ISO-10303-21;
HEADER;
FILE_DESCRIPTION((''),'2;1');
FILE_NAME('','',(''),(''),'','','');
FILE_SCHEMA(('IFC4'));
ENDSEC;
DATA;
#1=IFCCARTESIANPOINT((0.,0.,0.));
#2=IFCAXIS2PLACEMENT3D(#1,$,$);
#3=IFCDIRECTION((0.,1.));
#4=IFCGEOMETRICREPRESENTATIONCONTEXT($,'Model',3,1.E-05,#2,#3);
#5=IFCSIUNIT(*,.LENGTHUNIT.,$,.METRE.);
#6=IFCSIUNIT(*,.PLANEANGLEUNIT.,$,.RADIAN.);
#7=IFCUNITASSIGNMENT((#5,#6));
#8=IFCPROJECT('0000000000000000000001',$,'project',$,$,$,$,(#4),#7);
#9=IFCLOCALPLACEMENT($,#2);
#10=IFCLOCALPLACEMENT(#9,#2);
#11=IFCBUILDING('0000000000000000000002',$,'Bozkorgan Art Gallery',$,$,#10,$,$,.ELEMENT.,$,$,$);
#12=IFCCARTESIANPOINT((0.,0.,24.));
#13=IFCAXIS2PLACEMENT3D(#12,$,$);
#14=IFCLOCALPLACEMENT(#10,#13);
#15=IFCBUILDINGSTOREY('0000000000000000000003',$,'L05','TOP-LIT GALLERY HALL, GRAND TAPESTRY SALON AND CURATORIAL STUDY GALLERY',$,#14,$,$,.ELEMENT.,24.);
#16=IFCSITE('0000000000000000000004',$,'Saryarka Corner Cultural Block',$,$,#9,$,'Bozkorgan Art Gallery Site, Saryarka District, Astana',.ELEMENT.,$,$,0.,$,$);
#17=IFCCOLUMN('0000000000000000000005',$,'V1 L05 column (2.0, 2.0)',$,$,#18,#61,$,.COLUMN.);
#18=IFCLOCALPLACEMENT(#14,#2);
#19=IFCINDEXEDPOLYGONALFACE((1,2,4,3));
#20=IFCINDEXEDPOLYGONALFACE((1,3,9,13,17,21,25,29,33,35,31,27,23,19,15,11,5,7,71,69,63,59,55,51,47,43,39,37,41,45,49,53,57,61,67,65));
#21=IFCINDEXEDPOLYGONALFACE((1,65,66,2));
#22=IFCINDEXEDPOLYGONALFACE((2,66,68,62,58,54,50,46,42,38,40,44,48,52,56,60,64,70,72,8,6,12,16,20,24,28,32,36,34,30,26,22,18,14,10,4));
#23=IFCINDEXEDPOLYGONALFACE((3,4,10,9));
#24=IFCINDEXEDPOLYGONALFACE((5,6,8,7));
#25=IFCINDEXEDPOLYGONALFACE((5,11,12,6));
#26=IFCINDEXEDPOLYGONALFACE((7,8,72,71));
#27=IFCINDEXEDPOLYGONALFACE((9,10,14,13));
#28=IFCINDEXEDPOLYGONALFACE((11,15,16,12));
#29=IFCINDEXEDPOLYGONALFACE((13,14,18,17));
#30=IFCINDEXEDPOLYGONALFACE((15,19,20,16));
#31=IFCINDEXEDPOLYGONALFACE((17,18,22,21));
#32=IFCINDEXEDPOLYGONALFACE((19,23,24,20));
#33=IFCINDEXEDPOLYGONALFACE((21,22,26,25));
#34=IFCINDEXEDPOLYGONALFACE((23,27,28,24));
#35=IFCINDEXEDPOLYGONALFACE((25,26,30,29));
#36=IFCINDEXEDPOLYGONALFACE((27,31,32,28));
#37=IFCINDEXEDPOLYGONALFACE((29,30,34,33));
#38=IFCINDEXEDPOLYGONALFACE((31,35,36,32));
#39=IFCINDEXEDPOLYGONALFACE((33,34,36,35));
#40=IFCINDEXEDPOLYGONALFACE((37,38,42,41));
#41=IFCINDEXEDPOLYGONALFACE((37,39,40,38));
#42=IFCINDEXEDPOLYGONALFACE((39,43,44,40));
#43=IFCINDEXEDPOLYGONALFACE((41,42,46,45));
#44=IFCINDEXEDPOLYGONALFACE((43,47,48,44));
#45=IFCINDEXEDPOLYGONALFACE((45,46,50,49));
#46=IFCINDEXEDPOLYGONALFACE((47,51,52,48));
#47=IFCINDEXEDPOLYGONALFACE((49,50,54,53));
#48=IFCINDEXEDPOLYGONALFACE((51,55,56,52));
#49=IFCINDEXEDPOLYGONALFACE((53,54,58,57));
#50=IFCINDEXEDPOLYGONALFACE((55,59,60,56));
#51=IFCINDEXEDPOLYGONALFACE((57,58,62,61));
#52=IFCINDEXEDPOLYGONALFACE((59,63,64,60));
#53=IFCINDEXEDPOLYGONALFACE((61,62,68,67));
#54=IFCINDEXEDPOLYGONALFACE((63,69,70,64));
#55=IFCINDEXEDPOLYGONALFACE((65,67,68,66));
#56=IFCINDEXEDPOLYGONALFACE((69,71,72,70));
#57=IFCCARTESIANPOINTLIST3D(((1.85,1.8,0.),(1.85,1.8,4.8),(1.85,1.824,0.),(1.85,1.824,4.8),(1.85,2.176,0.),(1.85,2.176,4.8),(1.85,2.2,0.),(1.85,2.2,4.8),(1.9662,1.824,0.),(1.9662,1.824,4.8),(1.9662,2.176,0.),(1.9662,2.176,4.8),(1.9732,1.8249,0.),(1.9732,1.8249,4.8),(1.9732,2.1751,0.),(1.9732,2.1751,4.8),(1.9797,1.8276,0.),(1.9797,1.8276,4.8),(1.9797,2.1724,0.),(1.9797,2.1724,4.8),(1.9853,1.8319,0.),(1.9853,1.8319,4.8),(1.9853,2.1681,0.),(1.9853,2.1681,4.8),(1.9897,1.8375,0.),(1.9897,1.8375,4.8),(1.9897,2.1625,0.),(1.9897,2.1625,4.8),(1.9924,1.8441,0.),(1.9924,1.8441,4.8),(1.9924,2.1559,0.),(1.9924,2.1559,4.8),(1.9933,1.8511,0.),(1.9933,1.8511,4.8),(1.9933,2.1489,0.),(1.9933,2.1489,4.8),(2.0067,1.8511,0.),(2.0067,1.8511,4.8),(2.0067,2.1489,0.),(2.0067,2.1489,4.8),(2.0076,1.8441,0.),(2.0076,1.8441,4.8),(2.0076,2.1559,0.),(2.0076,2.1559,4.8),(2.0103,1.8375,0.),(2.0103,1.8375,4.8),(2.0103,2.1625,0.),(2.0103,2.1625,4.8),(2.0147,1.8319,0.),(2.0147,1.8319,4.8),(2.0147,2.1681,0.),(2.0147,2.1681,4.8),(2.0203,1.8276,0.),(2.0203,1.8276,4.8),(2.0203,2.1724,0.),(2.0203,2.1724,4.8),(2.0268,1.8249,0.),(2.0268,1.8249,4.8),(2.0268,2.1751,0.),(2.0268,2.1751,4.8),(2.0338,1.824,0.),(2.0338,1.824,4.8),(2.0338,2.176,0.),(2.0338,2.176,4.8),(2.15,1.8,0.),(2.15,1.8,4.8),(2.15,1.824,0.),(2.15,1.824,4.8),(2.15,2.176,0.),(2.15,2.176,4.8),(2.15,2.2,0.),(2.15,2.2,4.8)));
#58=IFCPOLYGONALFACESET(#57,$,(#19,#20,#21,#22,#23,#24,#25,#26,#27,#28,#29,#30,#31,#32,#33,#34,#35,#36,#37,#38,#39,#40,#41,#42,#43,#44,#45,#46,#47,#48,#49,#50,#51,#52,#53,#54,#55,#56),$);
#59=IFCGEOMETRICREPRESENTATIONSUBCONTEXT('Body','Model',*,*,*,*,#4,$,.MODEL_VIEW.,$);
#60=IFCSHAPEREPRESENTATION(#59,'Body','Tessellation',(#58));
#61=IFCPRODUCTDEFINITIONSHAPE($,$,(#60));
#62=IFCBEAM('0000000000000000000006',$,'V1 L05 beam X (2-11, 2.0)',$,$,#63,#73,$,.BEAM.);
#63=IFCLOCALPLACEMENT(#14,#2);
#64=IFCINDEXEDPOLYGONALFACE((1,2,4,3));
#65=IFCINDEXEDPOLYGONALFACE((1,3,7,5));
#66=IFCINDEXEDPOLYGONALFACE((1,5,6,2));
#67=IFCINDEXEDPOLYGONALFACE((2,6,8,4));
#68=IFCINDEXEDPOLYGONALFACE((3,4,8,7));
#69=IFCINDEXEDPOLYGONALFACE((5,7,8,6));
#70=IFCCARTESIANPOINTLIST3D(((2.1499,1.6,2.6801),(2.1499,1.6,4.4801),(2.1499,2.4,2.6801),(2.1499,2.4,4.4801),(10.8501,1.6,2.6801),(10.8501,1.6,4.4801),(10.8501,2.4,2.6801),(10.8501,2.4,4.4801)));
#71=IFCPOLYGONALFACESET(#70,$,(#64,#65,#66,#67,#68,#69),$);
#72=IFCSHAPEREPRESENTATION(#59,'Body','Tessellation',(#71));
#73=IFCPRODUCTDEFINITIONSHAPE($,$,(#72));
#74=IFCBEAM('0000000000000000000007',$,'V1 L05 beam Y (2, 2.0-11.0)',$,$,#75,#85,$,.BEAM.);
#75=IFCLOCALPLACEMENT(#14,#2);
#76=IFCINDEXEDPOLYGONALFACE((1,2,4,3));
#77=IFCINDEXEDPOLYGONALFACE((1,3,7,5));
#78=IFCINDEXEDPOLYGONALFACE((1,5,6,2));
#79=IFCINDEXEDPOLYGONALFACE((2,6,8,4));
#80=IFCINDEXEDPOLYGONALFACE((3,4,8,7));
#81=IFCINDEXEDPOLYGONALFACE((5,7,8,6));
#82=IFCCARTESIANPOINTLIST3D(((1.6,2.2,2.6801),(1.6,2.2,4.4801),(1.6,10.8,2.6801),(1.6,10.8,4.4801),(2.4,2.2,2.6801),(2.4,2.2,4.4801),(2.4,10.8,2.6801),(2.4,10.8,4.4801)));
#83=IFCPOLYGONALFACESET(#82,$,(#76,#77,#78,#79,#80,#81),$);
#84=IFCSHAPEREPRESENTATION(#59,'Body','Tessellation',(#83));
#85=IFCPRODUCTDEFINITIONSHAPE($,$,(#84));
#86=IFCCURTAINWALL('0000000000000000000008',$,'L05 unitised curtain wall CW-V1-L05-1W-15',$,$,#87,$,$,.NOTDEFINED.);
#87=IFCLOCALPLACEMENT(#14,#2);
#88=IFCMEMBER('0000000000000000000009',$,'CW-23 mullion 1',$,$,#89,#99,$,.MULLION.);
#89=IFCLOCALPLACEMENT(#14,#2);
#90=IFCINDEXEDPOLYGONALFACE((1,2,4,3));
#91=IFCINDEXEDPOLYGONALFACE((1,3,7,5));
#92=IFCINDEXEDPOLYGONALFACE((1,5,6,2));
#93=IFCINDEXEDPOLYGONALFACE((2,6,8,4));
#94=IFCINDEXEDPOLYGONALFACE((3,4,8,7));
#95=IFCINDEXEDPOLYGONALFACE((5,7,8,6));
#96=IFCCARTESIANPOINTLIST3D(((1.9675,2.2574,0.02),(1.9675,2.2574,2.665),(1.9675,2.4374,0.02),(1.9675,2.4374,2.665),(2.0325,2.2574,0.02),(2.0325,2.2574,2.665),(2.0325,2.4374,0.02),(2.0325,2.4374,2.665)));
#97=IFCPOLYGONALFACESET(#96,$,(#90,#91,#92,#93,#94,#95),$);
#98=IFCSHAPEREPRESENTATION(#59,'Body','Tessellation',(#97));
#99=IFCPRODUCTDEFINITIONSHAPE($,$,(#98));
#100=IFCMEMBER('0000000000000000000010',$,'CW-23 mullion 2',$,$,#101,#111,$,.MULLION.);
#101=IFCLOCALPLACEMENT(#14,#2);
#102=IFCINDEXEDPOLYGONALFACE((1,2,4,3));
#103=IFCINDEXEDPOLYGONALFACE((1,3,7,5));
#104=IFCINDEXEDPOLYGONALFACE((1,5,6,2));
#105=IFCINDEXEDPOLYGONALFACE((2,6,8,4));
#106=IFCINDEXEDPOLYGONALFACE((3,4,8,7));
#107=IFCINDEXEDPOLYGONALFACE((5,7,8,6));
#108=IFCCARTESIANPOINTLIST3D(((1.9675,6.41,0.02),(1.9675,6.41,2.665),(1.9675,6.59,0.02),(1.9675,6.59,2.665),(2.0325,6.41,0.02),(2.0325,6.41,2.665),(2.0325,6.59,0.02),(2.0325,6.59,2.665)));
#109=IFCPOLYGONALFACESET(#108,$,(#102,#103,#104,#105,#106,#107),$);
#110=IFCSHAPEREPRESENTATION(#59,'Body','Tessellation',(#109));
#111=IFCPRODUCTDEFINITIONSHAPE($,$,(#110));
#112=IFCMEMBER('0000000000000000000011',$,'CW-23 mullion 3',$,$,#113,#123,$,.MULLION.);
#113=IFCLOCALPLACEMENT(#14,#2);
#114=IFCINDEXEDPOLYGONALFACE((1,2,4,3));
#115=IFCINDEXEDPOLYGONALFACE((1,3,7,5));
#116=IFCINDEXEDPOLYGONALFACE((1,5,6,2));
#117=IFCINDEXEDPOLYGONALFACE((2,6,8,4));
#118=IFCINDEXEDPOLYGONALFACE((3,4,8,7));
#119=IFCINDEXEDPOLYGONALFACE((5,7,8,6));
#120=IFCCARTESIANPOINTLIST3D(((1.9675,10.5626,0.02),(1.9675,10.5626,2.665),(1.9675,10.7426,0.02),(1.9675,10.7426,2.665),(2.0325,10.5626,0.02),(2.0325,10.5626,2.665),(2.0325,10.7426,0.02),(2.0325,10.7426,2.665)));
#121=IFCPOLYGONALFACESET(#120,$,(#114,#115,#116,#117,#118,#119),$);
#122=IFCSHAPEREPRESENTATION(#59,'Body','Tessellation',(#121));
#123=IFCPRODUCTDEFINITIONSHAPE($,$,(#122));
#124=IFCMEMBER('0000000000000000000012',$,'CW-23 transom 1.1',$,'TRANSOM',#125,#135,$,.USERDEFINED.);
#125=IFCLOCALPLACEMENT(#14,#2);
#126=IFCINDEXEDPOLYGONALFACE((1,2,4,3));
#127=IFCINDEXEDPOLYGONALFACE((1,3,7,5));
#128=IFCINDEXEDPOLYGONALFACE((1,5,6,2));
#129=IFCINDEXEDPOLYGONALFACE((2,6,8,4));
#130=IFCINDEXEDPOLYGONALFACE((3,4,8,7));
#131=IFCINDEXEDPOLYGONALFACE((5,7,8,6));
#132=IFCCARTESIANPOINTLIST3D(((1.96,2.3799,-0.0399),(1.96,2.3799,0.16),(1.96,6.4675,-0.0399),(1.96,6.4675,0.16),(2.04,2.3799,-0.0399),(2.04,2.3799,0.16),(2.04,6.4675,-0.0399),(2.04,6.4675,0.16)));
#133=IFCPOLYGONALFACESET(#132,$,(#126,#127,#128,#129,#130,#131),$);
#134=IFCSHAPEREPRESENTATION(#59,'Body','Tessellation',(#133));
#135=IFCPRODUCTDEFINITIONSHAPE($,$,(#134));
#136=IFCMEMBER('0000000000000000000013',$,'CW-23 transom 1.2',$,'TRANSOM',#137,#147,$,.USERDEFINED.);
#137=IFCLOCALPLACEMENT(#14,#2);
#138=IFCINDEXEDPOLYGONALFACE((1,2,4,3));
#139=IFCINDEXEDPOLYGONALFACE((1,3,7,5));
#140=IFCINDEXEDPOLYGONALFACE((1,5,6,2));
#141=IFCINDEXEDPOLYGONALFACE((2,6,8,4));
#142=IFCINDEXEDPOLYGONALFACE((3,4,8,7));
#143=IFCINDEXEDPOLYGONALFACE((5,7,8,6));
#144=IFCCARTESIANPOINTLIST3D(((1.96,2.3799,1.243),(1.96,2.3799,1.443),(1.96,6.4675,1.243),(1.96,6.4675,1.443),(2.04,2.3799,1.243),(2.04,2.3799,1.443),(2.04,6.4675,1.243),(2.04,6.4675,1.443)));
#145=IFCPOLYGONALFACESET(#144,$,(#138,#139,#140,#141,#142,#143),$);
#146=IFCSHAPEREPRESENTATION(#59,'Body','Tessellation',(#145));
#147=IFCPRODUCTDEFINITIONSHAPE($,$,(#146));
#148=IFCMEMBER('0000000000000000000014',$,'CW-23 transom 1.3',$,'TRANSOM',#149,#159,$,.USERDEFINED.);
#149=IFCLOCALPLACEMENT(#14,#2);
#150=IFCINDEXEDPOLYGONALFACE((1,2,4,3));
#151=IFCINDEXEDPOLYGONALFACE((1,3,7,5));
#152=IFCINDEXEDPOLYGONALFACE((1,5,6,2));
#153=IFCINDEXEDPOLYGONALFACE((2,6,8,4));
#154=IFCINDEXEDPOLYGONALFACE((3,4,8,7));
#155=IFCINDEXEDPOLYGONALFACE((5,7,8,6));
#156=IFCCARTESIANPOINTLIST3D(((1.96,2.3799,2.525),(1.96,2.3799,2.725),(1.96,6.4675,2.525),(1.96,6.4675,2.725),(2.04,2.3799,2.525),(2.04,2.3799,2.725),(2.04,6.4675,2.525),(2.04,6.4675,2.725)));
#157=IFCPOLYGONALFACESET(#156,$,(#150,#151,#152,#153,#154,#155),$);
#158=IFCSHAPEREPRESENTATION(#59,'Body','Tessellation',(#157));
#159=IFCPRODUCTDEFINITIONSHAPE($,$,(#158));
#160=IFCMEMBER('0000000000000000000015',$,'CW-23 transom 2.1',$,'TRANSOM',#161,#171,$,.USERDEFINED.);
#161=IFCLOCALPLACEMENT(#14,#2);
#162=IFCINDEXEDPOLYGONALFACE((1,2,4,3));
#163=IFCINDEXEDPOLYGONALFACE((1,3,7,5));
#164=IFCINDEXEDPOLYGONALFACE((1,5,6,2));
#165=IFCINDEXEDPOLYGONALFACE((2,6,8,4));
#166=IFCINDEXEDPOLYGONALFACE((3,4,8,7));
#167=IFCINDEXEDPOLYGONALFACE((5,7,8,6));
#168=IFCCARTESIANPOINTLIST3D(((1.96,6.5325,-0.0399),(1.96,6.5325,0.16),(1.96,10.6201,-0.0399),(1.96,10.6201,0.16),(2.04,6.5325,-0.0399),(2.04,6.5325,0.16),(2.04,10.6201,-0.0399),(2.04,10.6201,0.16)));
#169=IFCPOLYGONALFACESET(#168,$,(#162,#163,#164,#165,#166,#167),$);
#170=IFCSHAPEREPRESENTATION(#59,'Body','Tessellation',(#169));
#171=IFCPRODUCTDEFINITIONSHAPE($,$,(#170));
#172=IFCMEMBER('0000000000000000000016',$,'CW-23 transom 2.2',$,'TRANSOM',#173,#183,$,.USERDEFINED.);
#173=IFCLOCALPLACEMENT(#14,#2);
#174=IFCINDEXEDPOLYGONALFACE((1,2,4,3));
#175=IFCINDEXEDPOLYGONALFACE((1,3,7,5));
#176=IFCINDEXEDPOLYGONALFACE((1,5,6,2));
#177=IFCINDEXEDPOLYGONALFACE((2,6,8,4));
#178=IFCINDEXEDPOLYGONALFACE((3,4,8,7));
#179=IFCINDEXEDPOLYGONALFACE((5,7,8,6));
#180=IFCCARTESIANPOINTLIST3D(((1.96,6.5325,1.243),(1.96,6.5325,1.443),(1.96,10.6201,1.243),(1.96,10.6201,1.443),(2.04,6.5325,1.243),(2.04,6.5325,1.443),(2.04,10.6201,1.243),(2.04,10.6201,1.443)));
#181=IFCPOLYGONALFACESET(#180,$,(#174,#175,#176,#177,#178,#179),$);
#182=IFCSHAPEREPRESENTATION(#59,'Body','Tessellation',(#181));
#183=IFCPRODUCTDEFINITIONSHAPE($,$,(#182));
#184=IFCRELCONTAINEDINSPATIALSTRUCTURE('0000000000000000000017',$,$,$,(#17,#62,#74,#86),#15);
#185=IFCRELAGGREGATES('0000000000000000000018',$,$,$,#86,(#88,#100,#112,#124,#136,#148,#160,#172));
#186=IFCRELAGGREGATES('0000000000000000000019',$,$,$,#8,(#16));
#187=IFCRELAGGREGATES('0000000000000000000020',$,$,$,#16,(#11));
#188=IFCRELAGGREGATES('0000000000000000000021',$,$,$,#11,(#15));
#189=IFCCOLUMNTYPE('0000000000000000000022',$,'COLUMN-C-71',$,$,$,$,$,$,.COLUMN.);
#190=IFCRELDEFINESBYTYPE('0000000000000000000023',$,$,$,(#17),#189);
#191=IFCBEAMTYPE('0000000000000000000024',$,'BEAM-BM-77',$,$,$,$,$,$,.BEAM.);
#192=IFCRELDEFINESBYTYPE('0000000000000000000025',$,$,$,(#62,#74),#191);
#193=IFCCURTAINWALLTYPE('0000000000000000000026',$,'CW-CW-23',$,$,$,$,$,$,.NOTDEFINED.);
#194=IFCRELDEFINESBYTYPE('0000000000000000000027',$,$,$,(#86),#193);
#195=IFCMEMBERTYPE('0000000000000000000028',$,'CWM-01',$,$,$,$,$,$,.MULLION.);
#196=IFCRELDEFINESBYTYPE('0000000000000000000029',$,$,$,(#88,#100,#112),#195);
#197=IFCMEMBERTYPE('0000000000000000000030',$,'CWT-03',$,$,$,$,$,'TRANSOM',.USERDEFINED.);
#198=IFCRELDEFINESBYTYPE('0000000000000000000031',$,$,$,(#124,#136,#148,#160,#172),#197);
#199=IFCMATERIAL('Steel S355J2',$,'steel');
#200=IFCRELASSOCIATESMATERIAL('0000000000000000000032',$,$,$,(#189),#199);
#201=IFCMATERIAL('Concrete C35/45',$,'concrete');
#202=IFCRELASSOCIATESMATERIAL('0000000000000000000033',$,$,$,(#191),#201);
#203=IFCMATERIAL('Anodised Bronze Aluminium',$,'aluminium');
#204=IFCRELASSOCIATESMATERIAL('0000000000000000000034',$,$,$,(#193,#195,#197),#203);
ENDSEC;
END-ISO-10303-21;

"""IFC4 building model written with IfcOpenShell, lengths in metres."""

from ifc_helpers import new_model, si_unit, direction, frame, origin, origin_2d, place, context, subcontext, project, spatial, rectangle, i_section, extrude, material, material_profile, profile_set, type_object, element, aggregate, save


model = new_model("IFC4")

# Units and contexts
model_context = context("Model", 3, precision=1e-05, world=origin(), true_north=direction((0.0, 1.0)))
body_context = subcontext(model_context, "Body", "Model", "MODEL_VIEW")
ifc_project = project(units=[si_unit("LENGTHUNIT", "METRE"), si_unit("PLANEANGLEUNIT", "RADIAN")], contexts=[model_context])

# Site, building, storey
site_placement = place(None, origin())
site = spatial("IfcSite", under=ifc_project, at=site_placement, Name="Saryarka Corner Cultural Block", LongName="Bozkorgan Art Gallery Site, Saryarka District, Astana", CompositionType="ELEMENT", RefElevation=0.0)
building_placement = place(site_placement, origin())
building = spatial("IfcBuilding", under=site, at=building_placement, Name="Bozkorgan Art Gallery", CompositionType="ELEMENT")
storey_placement = place(building_placement, frame((0.0, 0.0, 24.0)))
storey = spatial("IfcBuildingStorey", under=building, at=storey_placement, Name="L05", Description="TOP-LIT GALLERY HALL, GRAND TAPESTRY SALON AND CURATORIAL STUDY GALLERY", CompositionType="ELEMENT", Elevation=24.0)

# Column
ifc_material_1 = material(Name="Steel S355J2", Category="steel")
ifc_material_profile_1 = material_profile(ifc_material_1, i_section(OverallWidth=0.3, OverallDepth=0.3999, WebThickness=0.0134, FlangeThickness=0.0239, FilletRadius=0.0271, at=origin_2d()), Name="HEB 400")
ifc_profile_set_1 = profile_set([ifc_material_profile_1], Name="Steel S355J2")
column_type = type_object("IfcColumnType", Name="COLUMN-C-71", PredefinedType="COLUMN", material=ifc_profile_set_1)
column_placement = place(storey_placement, frame((2.0, 2.0, 0.0), z_axis=(0.0, 0.0, 1.0), x_axis=(1.0, 0.0, 0.0)))
element("IfcColumn", 1, at=column_placement, inside=storey, type_object=column_type, Name="V1 L05 column (2.0, 2.0)", PredefinedType="COLUMN", context=body_context, shape_type="SweptSolid", body=[
    extrude(i_section(OverallWidth=0.3, OverallDepth=0.3999, WebThickness=0.0134, FlangeThickness=0.0239, FilletRadius=0.0271, at=origin_2d()), origin(), (0.0, 0.0, 1.0), 4.8),
])

# Beams
ifc_material_2 = material(Name="Concrete C35/45", Category="concrete")
ifc_material_profile_2 = material_profile(ifc_material_2, rectangle(XDim=0.8, YDim=1.8, at=origin_2d()), Name="RC 800x1800")
ifc_profile_set_2 = profile_set([ifc_material_profile_2], Name="Concrete C35/45")
beam_type = type_object("IfcBeamType", Name="BEAM-BM-77", PredefinedType="BEAM", material=ifc_profile_set_2)
beam_1_placement = place(storey_placement, frame((2.1499, 2.0, 3.5801), z_axis=(1.0, 0.0, 0.0), x_axis=(0.0, 1.0, 0.0)))
element("IfcBeam", 2, at=beam_1_placement, inside=storey, type_object=beam_type, Name="V1 L05 beam X (2-11, 2.0)", PredefinedType="BEAM", context=body_context, shape_type="SweptSolid", body=[
    extrude(rectangle(XDim=0.8, YDim=1.8, at=origin_2d()), origin(), (0.0, 0.0, 1.0), 8.7002),
])
beam_2_placement = place(storey_placement, frame((2.0, 2.2, 3.5801), z_axis=(0.0, 1.0, 0.0), x_axis=(-1.0, 0.0, 0.0)))
element("IfcBeam", 3, at=beam_2_placement, inside=storey, type_object=beam_type, Name="V1 L05 beam Y (2, 2.0-11.0)", PredefinedType="BEAM", context=body_context, shape_type="SweptSolid", body=[
    extrude(rectangle(XDim=0.8, YDim=1.8, at=origin_2d()), origin(), (0.0, 0.0, 1.0), 8.6001),
])

# Curtain wall, members
ifc_material_3 = material(Name="Anodised Bronze Aluminium", Category="aluminium")
curtain_wall_type = type_object("IfcCurtainWallType", Name="CW-CW-23", PredefinedType="NOTDEFINED", material=ifc_material_3)
curtain_wall_placement = place(storey_placement, origin())
curtain_wall = element("IfcCurtainWall", 4, at=curtain_wall_placement, inside=storey, type_object=curtain_wall_type, Name="L05 unitised curtain wall CW-V1-L05-1W-15", PredefinedType="NOTDEFINED")
ifc_material_profile_3 = material_profile(ifc_material_3, rectangle(XDim=0.0649, YDim=0.1799, at=origin_2d()), Name="ALU MULLION 65x180")
ifc_profile_set_3 = profile_set([ifc_material_profile_3], Name="Anodised Bronze Aluminium")
member_type_1 = type_object("IfcMemberType", Name="CWM-01", PredefinedType="MULLION", material=ifc_profile_set_3)
member_1_placement = place(storey_placement, frame((2.0, 2.3474, 0.02), z_axis=(0.0, 0.0, 1.0), x_axis=(-1.0, 0.0, 0.0)))
member_1 = element("IfcMember", 5, at=member_1_placement, type_object=member_type_1, Name="CW-23 mullion 1", PredefinedType="MULLION", context=body_context, shape_type="SweptSolid", body=[
    extrude(rectangle(XDim=0.0649, YDim=0.1799, at=origin_2d()), origin(), (0.0, 0.0, 1.0), 2.645),
])
member_2_placement = place(storey_placement, frame((2.0, 6.5, 0.02), z_axis=(0.0, 0.0, 1.0), x_axis=(-1.0, 0.0, 0.0)))
member_2 = element("IfcMember", 6, at=member_2_placement, type_object=member_type_1, Name="CW-23 mullion 2", PredefinedType="MULLION", context=body_context, shape_type="SweptSolid", body=[
    extrude(rectangle(XDim=0.0649, YDim=0.1799, at=origin_2d()), origin(), (0.0, 0.0, 1.0), 2.645),
])
member_3_placement = place(storey_placement, frame((2.0, 10.6526, 0.02), z_axis=(0.0, 0.0, 1.0), x_axis=(-1.0, 0.0, 0.0)))
member_3 = element("IfcMember", 7, at=member_3_placement, type_object=member_type_1, Name="CW-23 mullion 3", PredefinedType="MULLION", context=body_context, shape_type="SweptSolid", body=[
    extrude(rectangle(XDim=0.0649, YDim=0.1799, at=origin_2d()), origin(), (0.0, 0.0, 1.0), 2.645),
])
ifc_material_profile_4 = material_profile(ifc_material_3, rectangle(XDim=0.0801, YDim=0.2, at=origin_2d()), Name="ALU TRANSOM 80x200")
ifc_profile_set_4 = profile_set([ifc_material_profile_4], Name="Anodised Bronze Aluminium")
member_type_2 = type_object("IfcMemberType", Name="CWT-03", ElementType="TRANSOM", PredefinedType="USERDEFINED", material=ifc_profile_set_4)
member_4_placement = place(storey_placement, frame((2.0, 2.3799, 0.0601), z_axis=(0.0, 1.0, 0.0), x_axis=(-1.0, 0.0, 0.0)))
member_4 = element("IfcMember", 8, at=member_4_placement, type_object=member_type_2, Name="CW-23 transom 1.1", ObjectType="TRANSOM", PredefinedType="USERDEFINED", context=body_context, shape_type="SweptSolid", body=[
    extrude(rectangle(XDim=0.0801, YDim=0.2, at=origin_2d()), origin(), (0.0, 0.0, 1.0), 4.0876),
])
member_5_placement = place(storey_placement, frame((2.0, 2.3799, 1.343), z_axis=(0.0, 1.0, 0.0), x_axis=(-1.0, 0.0, 0.0)))
member_5 = element("IfcMember", 9, at=member_5_placement, type_object=member_type_2, Name="CW-23 transom 1.2", ObjectType="TRANSOM", PredefinedType="USERDEFINED", context=body_context, shape_type="SweptSolid", body=[
    extrude(rectangle(XDim=0.0801, YDim=0.2, at=origin_2d()), origin(), (0.0, 0.0, 1.0), 4.0876),
])
member_6_placement = place(storey_placement, frame((2.0, 2.3799, 2.625), z_axis=(0.0, 1.0, 0.0), x_axis=(-1.0, 0.0, 0.0)))
member_6 = element("IfcMember", 10, at=member_6_placement, type_object=member_type_2, Name="CW-23 transom 1.3", ObjectType="TRANSOM", PredefinedType="USERDEFINED", context=body_context, shape_type="SweptSolid", body=[
    extrude(rectangle(XDim=0.0801, YDim=0.2, at=origin_2d()), origin(), (0.0, 0.0, 1.0), 4.0876),
])
member_7_placement = place(storey_placement, frame((2.0, 6.5325, 0.0601), z_axis=(0.0, 1.0, 0.0), x_axis=(-1.0, 0.0, 0.0)))
member_7 = element("IfcMember", 11, at=member_7_placement, type_object=member_type_2, Name="CW-23 transom 2.1", ObjectType="TRANSOM", PredefinedType="USERDEFINED", context=body_context, shape_type="SweptSolid", body=[
    extrude(rectangle(XDim=0.0801, YDim=0.2, at=origin_2d()), origin(), (0.0, 0.0, 1.0), 4.0876),
])
member_8_placement = place(storey_placement, frame((2.0, 6.5325, 1.343), z_axis=(0.0, 1.0, 0.0), x_axis=(-1.0, 0.0, 0.0)))
member_8 = element("IfcMember", 12, at=member_8_placement, type_object=member_type_2, Name="CW-23 transom 2.2", ObjectType="TRANSOM", PredefinedType="USERDEFINED", context=body_context, shape_type="SweptSolid", body=[
    extrude(rectangle(XDim=0.0801, YDim=0.2, at=origin_2d()), origin(), (0.0, 0.0, 1.0), 4.0876),
])
aggregate(curtain_wall, [member_1, member_2, member_3, member_4, member_5, member_6, member_7, member_8])

save(model, "model.ifc")
